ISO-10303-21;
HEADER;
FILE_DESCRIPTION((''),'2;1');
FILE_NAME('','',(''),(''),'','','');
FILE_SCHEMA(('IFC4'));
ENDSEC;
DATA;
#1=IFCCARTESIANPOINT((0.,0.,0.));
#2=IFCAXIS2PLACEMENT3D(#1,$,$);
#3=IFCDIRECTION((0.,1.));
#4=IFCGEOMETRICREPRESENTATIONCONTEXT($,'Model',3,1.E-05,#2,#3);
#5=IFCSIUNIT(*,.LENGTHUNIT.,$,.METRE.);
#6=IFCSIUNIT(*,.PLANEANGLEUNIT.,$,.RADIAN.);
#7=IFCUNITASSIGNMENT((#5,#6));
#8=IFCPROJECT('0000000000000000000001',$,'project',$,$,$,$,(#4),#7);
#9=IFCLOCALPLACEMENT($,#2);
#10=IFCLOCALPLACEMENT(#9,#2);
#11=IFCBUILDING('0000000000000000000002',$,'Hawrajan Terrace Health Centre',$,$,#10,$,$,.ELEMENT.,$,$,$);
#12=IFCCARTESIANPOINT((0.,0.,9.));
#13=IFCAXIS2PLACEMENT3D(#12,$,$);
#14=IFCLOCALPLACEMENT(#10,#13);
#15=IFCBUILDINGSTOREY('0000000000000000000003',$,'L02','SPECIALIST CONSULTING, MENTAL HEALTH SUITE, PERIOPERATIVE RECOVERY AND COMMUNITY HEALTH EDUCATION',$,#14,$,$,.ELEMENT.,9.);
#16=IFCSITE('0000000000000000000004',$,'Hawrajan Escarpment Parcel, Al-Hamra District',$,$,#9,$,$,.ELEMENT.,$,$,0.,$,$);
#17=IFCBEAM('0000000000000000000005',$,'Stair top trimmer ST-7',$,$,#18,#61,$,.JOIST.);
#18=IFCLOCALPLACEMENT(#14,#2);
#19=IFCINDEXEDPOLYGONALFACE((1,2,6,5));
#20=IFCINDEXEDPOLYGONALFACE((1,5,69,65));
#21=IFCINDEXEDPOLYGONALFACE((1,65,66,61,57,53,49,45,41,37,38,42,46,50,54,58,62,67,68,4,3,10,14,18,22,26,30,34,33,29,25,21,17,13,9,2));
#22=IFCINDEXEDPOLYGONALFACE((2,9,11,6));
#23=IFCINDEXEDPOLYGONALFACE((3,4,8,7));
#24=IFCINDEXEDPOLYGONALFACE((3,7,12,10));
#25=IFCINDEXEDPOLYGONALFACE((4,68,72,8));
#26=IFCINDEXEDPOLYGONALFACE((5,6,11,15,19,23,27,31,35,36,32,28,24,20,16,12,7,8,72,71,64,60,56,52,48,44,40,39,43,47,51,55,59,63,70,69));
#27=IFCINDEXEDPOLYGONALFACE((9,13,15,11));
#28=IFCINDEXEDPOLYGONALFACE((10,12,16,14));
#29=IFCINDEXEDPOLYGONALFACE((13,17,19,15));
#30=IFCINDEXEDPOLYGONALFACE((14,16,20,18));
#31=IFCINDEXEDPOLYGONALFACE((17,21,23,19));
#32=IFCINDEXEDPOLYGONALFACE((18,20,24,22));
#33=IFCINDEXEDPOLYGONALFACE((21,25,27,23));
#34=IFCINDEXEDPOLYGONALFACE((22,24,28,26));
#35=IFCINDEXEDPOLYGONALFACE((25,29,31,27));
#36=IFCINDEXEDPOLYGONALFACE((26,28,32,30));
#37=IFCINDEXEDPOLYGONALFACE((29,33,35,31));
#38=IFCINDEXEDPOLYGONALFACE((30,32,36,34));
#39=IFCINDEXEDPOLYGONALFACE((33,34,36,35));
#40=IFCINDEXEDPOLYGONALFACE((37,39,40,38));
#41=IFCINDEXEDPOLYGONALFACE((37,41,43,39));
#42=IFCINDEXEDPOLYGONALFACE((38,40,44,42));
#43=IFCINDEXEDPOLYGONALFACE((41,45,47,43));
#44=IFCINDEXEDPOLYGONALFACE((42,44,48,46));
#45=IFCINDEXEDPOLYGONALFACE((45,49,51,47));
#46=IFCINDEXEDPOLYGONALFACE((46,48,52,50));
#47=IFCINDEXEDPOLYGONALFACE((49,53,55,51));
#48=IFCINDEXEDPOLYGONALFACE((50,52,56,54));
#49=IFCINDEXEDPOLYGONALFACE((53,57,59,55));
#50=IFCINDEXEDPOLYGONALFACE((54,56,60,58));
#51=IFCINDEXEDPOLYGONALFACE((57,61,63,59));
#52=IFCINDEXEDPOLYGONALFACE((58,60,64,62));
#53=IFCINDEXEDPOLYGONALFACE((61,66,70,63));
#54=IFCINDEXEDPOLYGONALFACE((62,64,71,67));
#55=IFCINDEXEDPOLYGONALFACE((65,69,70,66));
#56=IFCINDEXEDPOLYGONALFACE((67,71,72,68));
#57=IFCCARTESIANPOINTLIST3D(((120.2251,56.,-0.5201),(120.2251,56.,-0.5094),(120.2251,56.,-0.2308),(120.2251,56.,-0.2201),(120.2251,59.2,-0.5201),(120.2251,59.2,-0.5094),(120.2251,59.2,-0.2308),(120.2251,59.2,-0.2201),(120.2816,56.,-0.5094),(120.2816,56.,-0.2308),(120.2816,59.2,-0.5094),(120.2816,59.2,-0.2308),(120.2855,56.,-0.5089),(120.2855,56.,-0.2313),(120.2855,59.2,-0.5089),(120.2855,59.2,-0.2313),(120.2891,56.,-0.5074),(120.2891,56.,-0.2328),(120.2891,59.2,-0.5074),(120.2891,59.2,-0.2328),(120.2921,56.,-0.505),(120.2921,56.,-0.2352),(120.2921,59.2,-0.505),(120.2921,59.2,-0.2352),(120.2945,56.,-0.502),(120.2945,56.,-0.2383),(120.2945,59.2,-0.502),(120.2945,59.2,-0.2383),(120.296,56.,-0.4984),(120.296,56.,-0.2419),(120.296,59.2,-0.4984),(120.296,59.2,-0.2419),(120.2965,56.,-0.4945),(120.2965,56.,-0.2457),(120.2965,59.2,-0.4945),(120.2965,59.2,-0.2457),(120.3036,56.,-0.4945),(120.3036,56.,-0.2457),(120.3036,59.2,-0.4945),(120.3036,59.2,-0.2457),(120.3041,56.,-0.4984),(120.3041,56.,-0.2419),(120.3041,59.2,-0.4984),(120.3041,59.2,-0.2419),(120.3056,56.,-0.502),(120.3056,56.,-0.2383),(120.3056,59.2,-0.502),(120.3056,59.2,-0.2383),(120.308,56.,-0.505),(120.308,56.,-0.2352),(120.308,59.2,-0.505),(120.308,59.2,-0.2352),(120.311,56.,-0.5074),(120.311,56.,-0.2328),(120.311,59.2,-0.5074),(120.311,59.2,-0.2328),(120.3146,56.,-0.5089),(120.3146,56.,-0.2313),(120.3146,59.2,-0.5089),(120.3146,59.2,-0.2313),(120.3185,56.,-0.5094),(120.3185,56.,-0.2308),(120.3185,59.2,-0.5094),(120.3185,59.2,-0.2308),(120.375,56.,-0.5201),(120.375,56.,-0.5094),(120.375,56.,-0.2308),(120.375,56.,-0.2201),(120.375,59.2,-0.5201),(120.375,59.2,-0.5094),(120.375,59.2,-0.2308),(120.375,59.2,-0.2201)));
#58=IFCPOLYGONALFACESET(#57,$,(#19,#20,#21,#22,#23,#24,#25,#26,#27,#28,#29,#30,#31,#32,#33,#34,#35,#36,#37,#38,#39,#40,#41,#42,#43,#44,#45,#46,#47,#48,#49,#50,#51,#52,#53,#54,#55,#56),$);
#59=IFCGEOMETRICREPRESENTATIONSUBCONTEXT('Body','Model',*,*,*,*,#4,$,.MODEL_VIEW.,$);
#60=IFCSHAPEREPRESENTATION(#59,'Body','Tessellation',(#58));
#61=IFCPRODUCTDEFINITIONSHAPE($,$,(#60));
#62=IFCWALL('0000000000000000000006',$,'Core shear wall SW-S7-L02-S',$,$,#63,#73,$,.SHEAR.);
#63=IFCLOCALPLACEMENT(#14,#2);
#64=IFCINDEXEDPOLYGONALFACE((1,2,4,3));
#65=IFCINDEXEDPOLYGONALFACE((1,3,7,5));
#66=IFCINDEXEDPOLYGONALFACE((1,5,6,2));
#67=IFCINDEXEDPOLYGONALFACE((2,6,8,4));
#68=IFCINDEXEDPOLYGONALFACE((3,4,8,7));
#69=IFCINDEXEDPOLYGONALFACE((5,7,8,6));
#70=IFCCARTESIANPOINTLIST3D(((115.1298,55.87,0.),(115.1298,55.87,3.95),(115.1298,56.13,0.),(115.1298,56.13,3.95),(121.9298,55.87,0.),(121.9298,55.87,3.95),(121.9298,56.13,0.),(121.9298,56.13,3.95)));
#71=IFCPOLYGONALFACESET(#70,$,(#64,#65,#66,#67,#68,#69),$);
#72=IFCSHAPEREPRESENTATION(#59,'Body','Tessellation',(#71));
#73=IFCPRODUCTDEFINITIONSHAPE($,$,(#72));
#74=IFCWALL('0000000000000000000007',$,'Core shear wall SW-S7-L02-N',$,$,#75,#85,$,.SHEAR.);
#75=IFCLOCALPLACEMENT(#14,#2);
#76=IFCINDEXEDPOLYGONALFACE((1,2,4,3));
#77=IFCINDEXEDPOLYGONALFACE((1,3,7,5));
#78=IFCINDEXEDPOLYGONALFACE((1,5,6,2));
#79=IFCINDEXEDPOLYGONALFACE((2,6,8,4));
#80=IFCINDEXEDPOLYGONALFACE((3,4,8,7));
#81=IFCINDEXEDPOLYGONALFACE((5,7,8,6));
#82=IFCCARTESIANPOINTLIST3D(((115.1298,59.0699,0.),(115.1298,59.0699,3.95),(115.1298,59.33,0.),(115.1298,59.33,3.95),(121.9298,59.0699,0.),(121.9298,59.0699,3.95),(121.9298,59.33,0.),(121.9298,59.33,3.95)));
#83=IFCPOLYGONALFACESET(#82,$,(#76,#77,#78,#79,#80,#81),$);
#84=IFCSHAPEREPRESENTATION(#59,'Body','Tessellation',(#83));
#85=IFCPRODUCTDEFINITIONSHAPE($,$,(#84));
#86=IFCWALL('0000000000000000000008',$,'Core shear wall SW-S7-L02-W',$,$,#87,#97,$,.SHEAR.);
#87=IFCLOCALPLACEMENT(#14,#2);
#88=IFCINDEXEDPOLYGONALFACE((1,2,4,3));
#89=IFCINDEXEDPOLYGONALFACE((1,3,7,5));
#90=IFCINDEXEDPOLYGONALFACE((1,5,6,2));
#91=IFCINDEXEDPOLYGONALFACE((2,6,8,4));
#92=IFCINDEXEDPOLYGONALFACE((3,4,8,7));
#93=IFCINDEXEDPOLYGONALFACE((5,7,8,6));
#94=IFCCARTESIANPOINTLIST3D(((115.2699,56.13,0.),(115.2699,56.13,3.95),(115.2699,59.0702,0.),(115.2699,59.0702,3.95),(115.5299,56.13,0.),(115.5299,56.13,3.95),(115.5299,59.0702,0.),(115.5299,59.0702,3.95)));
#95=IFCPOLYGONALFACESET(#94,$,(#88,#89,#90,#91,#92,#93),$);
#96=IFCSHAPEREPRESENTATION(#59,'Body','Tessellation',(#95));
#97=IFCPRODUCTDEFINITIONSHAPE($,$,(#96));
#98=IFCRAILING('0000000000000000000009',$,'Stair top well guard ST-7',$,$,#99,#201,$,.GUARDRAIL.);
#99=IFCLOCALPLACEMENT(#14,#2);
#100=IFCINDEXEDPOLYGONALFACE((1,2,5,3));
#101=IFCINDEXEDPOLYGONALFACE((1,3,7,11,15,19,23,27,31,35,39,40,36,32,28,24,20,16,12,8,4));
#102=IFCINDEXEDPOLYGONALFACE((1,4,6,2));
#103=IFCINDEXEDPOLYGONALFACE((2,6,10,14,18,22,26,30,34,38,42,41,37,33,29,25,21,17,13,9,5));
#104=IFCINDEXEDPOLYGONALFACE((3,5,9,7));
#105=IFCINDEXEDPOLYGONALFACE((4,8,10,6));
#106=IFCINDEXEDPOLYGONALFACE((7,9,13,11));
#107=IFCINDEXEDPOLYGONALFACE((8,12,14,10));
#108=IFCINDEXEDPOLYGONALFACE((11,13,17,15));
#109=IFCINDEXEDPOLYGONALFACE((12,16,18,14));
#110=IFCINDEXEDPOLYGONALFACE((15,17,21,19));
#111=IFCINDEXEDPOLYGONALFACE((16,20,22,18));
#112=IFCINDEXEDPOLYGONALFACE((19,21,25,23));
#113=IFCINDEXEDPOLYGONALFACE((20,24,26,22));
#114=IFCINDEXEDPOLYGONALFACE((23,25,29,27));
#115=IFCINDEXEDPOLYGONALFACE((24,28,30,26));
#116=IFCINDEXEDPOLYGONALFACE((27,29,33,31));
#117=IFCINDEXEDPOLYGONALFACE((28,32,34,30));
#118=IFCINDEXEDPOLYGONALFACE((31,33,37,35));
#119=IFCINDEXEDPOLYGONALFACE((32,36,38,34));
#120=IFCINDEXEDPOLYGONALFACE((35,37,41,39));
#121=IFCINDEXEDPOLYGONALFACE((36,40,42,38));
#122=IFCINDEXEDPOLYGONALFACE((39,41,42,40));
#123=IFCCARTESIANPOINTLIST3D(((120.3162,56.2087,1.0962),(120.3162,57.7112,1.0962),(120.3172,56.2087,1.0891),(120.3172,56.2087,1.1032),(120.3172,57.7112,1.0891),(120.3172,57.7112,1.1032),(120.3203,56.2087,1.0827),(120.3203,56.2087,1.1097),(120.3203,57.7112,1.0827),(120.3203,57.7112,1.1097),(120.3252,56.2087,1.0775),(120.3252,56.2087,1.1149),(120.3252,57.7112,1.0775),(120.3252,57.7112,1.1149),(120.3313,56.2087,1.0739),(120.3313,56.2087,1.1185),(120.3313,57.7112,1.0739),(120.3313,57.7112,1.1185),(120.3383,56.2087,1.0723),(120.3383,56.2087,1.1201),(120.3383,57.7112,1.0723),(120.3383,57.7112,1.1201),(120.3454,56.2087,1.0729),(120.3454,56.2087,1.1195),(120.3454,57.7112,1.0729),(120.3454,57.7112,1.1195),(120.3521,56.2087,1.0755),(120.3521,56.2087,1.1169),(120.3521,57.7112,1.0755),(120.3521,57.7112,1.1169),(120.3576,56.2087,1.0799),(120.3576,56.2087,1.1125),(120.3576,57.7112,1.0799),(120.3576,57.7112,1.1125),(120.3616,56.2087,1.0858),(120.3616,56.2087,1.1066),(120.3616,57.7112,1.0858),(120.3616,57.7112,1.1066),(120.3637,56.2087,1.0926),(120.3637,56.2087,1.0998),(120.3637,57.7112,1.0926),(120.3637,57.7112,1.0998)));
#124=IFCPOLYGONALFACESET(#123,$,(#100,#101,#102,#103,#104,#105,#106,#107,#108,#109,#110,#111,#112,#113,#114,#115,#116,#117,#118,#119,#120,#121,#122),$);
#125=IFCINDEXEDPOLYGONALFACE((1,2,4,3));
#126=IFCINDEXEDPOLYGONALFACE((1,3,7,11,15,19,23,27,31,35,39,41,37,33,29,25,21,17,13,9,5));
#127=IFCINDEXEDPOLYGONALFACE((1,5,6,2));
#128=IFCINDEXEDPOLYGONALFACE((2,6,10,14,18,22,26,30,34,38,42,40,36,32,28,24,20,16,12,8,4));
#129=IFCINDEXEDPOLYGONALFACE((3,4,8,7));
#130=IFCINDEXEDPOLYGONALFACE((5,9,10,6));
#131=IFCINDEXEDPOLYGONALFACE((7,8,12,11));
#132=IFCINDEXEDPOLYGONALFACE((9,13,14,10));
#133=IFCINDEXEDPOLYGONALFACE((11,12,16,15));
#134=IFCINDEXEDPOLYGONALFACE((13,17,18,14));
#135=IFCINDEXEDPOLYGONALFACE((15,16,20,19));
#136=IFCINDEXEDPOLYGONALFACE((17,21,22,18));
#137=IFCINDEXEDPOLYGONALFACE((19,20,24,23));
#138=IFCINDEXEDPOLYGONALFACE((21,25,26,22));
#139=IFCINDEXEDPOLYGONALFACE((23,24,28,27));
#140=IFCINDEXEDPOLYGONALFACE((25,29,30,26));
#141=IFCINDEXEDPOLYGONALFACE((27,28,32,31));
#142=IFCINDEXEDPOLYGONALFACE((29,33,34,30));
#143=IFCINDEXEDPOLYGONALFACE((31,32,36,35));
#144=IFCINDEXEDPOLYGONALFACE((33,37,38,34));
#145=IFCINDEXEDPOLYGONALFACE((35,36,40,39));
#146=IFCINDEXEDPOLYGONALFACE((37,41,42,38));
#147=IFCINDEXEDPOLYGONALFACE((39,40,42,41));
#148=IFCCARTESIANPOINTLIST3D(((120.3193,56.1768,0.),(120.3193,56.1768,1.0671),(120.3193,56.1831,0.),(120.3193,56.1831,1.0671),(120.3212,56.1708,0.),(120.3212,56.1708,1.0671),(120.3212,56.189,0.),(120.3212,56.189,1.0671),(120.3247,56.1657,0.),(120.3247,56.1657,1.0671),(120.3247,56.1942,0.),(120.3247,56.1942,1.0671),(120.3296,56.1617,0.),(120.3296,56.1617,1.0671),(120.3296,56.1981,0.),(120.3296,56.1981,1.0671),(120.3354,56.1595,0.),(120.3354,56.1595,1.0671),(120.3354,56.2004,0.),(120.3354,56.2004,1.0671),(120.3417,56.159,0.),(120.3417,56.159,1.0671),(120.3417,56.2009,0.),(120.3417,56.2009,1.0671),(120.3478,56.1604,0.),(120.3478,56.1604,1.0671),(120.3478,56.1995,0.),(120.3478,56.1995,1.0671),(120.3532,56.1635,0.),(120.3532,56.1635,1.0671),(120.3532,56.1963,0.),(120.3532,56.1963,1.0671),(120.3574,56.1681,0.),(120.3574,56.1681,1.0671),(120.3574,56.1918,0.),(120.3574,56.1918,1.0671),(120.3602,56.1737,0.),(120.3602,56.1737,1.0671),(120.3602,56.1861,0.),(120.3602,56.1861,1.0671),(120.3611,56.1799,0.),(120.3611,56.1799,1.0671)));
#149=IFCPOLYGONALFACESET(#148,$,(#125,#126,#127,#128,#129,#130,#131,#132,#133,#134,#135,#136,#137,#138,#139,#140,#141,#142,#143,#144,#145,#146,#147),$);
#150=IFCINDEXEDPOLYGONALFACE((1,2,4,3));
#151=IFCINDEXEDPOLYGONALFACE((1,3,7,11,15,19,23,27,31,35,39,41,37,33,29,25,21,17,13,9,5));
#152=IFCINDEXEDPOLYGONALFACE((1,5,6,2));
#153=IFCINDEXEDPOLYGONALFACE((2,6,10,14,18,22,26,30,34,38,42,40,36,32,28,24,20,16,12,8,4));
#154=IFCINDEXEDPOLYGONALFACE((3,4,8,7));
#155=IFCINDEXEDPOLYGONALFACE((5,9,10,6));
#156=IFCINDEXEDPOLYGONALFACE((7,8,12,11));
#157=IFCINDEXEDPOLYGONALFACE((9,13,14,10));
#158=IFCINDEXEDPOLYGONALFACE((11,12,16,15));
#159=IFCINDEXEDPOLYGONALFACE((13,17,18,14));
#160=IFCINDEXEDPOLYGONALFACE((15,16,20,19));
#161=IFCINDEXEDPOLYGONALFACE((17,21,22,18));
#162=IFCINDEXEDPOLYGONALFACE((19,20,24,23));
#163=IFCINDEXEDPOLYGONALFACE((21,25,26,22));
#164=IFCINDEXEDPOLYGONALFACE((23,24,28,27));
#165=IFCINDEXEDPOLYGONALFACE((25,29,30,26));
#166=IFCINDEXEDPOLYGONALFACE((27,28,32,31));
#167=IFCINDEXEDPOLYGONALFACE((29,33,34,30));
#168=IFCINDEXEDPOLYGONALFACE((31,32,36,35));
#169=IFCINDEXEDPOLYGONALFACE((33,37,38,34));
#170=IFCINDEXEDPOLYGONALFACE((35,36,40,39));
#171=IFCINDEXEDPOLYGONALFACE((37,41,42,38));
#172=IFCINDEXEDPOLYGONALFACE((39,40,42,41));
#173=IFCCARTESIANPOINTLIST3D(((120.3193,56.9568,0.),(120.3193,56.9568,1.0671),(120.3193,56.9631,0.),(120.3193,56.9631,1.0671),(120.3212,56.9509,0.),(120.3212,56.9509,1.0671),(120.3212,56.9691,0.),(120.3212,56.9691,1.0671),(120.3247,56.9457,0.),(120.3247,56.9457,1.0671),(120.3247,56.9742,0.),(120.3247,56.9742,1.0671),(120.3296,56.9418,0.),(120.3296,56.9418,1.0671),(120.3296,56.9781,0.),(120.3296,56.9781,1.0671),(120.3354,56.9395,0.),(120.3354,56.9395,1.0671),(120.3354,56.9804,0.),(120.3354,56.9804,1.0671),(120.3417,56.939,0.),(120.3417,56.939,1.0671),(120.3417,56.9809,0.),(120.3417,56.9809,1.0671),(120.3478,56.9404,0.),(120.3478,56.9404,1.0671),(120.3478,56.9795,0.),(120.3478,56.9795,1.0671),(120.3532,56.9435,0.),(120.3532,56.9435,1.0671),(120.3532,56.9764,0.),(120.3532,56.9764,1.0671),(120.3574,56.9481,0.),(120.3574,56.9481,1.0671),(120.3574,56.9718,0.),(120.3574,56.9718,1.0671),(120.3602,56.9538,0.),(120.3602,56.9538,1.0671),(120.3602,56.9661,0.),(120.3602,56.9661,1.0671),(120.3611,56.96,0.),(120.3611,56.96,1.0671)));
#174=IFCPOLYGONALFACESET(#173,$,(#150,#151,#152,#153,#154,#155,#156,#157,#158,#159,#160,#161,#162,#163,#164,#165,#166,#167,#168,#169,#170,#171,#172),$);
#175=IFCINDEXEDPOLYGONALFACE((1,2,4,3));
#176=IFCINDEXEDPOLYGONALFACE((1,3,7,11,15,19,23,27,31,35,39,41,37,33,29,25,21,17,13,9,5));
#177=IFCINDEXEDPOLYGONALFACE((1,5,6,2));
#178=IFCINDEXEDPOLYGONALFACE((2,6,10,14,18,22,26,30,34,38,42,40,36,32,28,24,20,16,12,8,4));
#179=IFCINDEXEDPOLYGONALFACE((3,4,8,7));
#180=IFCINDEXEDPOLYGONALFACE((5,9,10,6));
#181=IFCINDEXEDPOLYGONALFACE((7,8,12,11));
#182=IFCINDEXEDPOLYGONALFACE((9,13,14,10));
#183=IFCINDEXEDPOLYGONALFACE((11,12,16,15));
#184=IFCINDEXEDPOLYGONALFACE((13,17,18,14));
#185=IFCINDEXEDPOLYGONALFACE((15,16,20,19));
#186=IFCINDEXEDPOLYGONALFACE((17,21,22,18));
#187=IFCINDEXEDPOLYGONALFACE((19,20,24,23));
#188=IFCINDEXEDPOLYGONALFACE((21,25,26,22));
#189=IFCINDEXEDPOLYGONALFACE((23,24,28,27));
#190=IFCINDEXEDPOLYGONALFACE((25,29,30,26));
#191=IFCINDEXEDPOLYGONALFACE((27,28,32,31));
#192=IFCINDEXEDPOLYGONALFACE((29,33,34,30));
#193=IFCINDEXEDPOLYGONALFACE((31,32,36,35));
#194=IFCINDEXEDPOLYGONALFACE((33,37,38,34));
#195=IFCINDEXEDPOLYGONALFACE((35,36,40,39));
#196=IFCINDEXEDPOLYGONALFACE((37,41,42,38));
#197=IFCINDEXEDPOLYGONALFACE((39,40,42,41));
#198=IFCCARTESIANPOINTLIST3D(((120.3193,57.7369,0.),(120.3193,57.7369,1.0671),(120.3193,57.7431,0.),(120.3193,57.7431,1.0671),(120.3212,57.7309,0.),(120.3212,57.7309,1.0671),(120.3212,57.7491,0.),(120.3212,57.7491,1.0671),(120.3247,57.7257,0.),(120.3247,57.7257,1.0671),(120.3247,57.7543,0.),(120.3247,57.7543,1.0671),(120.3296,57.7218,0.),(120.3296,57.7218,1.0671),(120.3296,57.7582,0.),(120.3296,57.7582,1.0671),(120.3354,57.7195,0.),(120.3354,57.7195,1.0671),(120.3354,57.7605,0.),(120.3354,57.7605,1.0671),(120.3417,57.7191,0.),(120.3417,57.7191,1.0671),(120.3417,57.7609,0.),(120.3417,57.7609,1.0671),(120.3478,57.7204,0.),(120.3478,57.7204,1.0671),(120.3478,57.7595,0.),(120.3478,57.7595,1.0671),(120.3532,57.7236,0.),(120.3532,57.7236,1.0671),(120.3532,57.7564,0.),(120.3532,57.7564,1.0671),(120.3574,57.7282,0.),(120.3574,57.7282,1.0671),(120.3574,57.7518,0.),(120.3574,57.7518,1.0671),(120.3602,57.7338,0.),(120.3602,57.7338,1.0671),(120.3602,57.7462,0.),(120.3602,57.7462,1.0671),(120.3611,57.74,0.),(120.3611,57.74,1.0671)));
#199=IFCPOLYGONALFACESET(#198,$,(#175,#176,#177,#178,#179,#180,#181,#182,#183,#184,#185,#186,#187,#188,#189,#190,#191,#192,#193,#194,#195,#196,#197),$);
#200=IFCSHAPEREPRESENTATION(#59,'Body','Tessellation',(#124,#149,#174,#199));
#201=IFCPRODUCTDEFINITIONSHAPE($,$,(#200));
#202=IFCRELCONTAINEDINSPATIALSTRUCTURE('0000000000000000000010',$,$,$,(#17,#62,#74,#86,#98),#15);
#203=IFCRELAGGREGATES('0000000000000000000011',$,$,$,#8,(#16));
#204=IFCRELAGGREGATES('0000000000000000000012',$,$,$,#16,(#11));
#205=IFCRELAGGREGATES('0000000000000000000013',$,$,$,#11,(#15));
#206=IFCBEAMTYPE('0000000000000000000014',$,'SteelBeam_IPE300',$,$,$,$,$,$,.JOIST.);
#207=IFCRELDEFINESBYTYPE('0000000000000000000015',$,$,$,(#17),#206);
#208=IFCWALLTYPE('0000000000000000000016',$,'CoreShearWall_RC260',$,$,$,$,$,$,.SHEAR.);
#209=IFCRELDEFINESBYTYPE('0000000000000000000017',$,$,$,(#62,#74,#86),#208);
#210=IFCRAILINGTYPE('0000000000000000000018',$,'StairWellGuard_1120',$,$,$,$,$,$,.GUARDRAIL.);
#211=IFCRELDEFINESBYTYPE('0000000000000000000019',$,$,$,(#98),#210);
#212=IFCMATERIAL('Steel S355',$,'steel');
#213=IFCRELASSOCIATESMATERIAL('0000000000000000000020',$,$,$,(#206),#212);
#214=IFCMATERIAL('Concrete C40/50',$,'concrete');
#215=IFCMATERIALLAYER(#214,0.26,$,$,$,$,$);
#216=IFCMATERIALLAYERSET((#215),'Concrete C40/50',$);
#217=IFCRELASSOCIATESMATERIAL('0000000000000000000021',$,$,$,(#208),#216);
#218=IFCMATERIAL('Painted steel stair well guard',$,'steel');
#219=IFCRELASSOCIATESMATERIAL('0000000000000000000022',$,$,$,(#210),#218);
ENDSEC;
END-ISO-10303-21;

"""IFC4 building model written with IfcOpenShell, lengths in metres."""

from ifc_helpers import new_model, si_unit, direction, frame, frame_2d, origin, origin_2d, place, context, subcontext, project, spatial, rectangle, circle, i_section, extrude, material, layer, layer_set, material_profile, profile_set, type_object, element, save


model = new_model("IFC4")

# Units and contexts
model_context = context("Model", 3, precision=1e-05, world=origin(), true_north=direction((0.0, 1.0)))
body_context = subcontext(model_context, "Body", "Model", "MODEL_VIEW")
ifc_project = project(units=[si_unit("LENGTHUNIT", "METRE"), si_unit("PLANEANGLEUNIT", "RADIAN")], contexts=[model_context])

# Site, building, storey
site_placement = place(None, origin())
site = spatial("IfcSite", under=ifc_project, at=site_placement, Name="Hawrajan Escarpment Parcel, Al-Hamra District", CompositionType="ELEMENT", RefElevation=0.0)
building_placement = place(site_placement, origin())
building = spatial("IfcBuilding", under=site, at=building_placement, Name="Hawrajan Terrace Health Centre", CompositionType="ELEMENT")
storey_placement = place(building_placement, frame((0.0, 0.0, 9.0)))
storey = spatial("IfcBuildingStorey", under=building, at=storey_placement, Name="L02", Description="SPECIALIST CONSULTING, MENTAL HEALTH SUITE, PERIOPERATIVE RECOVERY AND COMMUNITY HEALTH EDUCATION", CompositionType="ELEMENT", Elevation=9.0)

# Beam
ifc_material_1 = material(Name="Concrete C40/50", Category="concrete")
ifc_material_2 = material(Name="Steel S355", Category="steel")
ifc_material_profile_1 = material_profile(ifc_material_2, i_section(OverallWidth=0.1499, OverallDepth=0.3, WebThickness=0.0071, FlangeThickness=0.0107, FilletRadius=0.0149, at=origin_2d()), Name="IPE 300")
ifc_profile_set_1 = profile_set([ifc_material_profile_1], Name="Steel S355")
beam_type_1 = type_object("IfcBeamType", Name="SteelBeam_IPE300", PredefinedType="JOIST", material=ifc_profile_set_1)
beam_1_placement = place(storey_placement, frame((120.3, 56.0, -0.3701), z_axis=(0.0, 1.0, 0.0), x_axis=(-1.0, 0.0, 0.0)))
element("IfcBeam", 1, at=beam_1_placement, inside=storey, type_object=beam_type_1, Name="Stair top trimmer ST-7", PredefinedType="JOIST", context=body_context, shape_type="SweptSolid", body=[
    extrude(i_section(OverallWidth=0.1499, OverallDepth=0.3, WebThickness=0.0071, FlangeThickness=0.0107, FilletRadius=0.0149, at=origin_2d()), origin(), (0.0, 0.0, 1.0), 3.2),
])

# Walls
ifc_layer = layer(ifc_material_1, 0.26)
ifc_layer_set = layer_set([ifc_layer], Name="Concrete C40/50")
wall_type = type_object("IfcWallType", Name="CoreShearWall_RC260", PredefinedType="SHEAR", material=ifc_layer_set)
for number, where, z_axis, x_axis, name in (
    (2, (115.1299, 56.0, 0.0), (0.0, 0.0, 1.0), (1.0, 0.0, 0.0), "Core shear wall SW-S7-L02-S"),
    (3, (115.1299, 59.2, 0.0), (0.0, 0.0, 1.0), (1.0, 0.0, 0.0), "Core shear wall SW-S7-L02-N"),
):
    element("IfcWall", number, at=place(storey_placement, frame(where, z_axis=z_axis, x_axis=x_axis)), inside=storey, type_object=wall_type, Name=name, PredefinedType="SHEAR", context=body_context, shape_type="SweptSolid", body=[
        extrude(rectangle(XDim=6.8, YDim=0.26, at=frame_2d((3.3999, 0.0))), origin(), (0.0, 0.0, 1.0), 3.95),
    ])
wall_1_placement = place(storey_placement, frame((115.3999, 56.1299, 0.0), z_axis=(0.0, 0.0, 1.0), x_axis=(0.0, 1.0, 0.0)))
element("IfcWall", 4, at=wall_1_placement, inside=storey, type_object=wall_type, Name="Core shear wall SW-S7-L02-W", PredefinedType="SHEAR", context=body_context, shape_type="SweptSolid", body=[
    extrude(rectangle(XDim=2.9402, YDim=0.26, at=frame_2d((1.4702, 0.0))), origin(), (0.0, 0.0, 1.0), 3.95),
])

# Railing
ifc_material_3 = material(Name="Painted steel stair well guard", Category="steel")
railing_type_1 = type_object("IfcRailingType", Name="StairWellGuard_1120", PredefinedType="GUARDRAIL", material=ifc_material_3)
railing_1_placement = place(storey_placement, frame((120.3401, 56.1799, 0.0)))
element("IfcRailing", 5, at=railing_1_placement, inside=storey, type_object=railing_type_1, Name="Stair top well guard ST-7", PredefinedType="GUARDRAIL", context=body_context, shape_type="SweptSolid", body=[
    extrude(circle(Radius=0.0239, at=origin_2d()), frame((0.0, 0.0288, 1.0962), z_axis=(0.0, 1.0, 0.0), x_axis=(-1.0, 0.0, 0.0)), (0.0, 0.0, 1.0), 1.5024),
    extrude(circle(Radius=0.021, at=origin_2d()), origin(), (0.0, 0.0, 1.0), 1.0671),
    extrude(circle(Radius=0.021, at=origin_2d()), frame((0.0, 0.78, 0.0)), (0.0, 0.0, 1.0), 1.0671),
    extrude(circle(Radius=0.021, at=origin_2d()), frame((0.0, 1.5601, 0.0)), (0.0, 0.0, 1.0), 1.0671),
])

save(model, "model.ifc")
